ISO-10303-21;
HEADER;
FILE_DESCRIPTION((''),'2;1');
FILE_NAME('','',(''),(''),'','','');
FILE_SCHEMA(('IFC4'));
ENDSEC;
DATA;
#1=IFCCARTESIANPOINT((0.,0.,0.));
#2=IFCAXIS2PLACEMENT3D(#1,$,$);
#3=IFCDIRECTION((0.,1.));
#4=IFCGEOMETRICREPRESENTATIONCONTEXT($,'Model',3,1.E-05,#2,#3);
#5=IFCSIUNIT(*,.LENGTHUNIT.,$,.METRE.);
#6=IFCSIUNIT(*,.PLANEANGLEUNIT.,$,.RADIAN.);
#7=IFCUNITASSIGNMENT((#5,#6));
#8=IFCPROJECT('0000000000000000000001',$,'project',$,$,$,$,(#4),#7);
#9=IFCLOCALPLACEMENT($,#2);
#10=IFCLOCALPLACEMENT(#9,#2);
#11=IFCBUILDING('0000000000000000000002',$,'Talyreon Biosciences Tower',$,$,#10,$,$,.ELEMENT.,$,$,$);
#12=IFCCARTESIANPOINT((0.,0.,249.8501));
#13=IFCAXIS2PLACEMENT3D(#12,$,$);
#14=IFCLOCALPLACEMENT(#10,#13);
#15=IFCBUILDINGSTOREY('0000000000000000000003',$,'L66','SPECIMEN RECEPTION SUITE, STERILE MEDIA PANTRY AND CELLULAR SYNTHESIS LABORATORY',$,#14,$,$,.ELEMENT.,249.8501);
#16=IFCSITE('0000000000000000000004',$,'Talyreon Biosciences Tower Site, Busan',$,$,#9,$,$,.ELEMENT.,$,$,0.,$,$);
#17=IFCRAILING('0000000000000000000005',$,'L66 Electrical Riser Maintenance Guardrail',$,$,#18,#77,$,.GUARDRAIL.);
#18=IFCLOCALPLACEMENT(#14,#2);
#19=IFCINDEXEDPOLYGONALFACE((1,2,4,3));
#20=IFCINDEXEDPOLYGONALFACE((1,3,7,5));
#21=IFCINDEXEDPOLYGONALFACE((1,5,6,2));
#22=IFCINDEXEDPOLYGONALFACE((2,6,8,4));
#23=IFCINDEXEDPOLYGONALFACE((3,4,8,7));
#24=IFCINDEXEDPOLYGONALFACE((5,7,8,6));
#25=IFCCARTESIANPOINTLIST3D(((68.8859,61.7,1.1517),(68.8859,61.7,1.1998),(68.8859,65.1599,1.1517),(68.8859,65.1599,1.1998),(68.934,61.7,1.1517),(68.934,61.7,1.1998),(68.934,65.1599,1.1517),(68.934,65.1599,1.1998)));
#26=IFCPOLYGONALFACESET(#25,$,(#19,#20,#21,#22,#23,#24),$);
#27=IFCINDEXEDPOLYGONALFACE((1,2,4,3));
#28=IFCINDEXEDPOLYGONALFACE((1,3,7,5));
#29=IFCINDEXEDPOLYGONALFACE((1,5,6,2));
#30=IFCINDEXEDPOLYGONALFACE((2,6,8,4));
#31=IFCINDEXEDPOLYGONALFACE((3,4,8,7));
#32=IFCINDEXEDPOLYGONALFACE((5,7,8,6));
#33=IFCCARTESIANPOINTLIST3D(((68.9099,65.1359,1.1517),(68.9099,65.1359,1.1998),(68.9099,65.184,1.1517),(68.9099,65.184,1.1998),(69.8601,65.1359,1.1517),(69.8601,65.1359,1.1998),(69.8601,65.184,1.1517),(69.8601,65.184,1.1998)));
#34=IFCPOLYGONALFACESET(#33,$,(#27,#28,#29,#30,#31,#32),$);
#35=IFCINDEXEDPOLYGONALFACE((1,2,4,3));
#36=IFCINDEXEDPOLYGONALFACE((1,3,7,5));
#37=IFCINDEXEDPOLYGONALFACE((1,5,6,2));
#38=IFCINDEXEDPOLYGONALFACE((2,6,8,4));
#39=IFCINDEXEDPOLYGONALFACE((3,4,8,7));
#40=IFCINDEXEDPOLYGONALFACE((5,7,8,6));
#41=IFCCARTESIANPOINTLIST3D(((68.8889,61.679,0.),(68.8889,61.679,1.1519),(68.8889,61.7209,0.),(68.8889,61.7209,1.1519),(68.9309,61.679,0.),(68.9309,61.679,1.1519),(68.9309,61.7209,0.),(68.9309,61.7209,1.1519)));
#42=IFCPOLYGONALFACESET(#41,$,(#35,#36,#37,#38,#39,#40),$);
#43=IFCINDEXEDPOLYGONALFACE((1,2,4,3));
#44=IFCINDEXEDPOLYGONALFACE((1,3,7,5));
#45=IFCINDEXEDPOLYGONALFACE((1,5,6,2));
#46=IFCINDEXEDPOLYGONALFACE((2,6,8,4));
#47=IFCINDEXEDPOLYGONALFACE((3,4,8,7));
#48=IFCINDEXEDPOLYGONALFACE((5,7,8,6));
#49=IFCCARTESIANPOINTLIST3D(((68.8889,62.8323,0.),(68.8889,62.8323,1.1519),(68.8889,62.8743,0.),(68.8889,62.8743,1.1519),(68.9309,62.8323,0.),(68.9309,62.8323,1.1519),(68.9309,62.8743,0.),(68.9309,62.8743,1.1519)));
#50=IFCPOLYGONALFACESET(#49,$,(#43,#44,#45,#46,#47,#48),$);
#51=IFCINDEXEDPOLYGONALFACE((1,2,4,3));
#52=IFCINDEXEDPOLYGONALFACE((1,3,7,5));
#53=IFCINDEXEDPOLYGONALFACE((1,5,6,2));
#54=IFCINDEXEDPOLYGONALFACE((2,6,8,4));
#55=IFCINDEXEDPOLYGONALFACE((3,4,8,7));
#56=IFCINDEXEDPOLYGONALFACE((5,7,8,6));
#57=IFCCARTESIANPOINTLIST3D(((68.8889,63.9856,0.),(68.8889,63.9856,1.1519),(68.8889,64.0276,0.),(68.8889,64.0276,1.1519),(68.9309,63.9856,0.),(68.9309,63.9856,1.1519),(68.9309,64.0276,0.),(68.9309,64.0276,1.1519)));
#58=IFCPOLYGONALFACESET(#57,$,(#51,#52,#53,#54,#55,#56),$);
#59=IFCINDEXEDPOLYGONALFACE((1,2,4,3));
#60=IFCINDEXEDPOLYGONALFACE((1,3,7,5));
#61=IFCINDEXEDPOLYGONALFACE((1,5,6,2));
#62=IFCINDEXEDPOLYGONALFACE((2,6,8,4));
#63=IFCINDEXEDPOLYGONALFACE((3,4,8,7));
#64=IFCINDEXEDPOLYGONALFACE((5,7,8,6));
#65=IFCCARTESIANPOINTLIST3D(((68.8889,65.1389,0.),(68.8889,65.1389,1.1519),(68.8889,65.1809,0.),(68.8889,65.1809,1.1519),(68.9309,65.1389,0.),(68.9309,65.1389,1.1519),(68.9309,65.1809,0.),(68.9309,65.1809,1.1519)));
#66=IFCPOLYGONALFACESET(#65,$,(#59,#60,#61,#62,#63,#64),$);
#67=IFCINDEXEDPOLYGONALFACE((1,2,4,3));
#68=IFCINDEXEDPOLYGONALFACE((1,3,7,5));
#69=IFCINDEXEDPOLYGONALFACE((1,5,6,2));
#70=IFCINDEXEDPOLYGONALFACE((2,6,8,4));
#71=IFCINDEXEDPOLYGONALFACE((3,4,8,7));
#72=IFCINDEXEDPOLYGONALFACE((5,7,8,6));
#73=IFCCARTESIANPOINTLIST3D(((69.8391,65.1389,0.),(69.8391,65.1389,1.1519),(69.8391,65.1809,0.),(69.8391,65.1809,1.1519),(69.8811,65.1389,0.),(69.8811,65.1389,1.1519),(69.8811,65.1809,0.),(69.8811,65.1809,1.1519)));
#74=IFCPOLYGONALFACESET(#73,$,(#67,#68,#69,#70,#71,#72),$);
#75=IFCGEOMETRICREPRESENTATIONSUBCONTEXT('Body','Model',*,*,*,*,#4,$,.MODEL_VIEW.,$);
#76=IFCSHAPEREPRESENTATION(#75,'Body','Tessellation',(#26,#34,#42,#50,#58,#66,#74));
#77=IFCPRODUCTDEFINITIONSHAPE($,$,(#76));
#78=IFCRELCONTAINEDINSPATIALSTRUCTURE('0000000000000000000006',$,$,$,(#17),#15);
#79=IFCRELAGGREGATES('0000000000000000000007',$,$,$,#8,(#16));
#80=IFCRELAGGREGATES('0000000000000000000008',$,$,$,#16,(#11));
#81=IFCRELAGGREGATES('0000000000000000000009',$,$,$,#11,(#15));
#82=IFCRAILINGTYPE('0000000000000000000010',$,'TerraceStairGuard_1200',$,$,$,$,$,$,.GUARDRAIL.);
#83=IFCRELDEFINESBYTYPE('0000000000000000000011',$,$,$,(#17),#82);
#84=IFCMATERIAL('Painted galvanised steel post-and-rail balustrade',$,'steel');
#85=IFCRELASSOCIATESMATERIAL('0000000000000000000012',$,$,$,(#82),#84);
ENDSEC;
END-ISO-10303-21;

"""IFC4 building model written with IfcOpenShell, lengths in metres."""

from ifc_helpers import new_model, si_unit, direction, frame, origin, origin_2d, place, context, subcontext, project, spatial, rectangle, extrude, material, type_object, element, save


model = new_model("IFC4")

# Units and contexts
model_context = context("Model", 3, precision=1e-05, world=origin(), true_north=direction((0.0, 1.0)))
body_context = subcontext(model_context, "Body", "Model", "MODEL_VIEW")
ifc_project = project(units=[si_unit("LENGTHUNIT", "METRE"), si_unit("PLANEANGLEUNIT", "RADIAN")], contexts=[model_context])

# Site, building, storey
site_placement = place(None, origin())
site = spatial("IfcSite", under=ifc_project, at=site_placement, Name="Talyreon Biosciences Tower Site, Busan", CompositionType="ELEMENT", RefElevation=0.0)
building_placement = place(site_placement, origin())
building = spatial("IfcBuilding", under=site, at=building_placement, Name="Talyreon Biosciences Tower", CompositionType="ELEMENT")
storey_placement = place(building_placement, frame((0.0, 0.0, 249.8501)))
storey = spatial("IfcBuildingStorey", under=building, at=storey_placement, Name="L66", Description="SPECIMEN RECEPTION SUITE, STERILE MEDIA PANTRY AND CELLULAR SYNTHESIS LABORATORY", CompositionType="ELEMENT", Elevation=249.8501)

# Railing
ifc_material_1 = material(Name="Painted galvanised steel post-and-rail balustrade", Category="steel")
railing_type_1 = type_object("IfcRailingType", Name="TerraceStairGuard_1200", PredefinedType="GUARDRAIL", material=ifc_material_1)
railing_1_placement = place(storey_placement, frame((68.9099, 61.7, 0.0)))
element("IfcRailing", 1, at=railing_1_placement, inside=storey, type_object=railing_type_1, Name="L66 Electrical Riser Maintenance Guardrail", PredefinedType="GUARDRAIL", context=body_context, shape_type="SweptSolid", body=[
    extrude(rectangle(XDim=0.0481, YDim=0.0481, at=origin_2d()), frame((0.0, 0.0, 1.1758), z_axis=(0.0, 1.0, 0.0), x_axis=(-1.0, 0.0, 0.0)), (0.0, 0.0, 1.0), 3.46),
    extrude(rectangle(XDim=0.0481, YDim=0.0481, at=origin_2d()), frame((0.0, 3.46, 1.1758), z_axis=(1.0, 0.0, 0.0), x_axis=(0.0, 1.0, 0.0)), (0.0, 0.0, 1.0), 0.9502),
    extrude(rectangle(XDim=0.042, YDim=0.042, at=origin_2d()), origin(), (0.0, 0.0, 1.0), 1.1519),
    extrude(rectangle(XDim=0.042, YDim=0.042, at=origin_2d()), frame((0.0, 1.1533, 0.0)), (0.0, 0.0, 1.0), 1.1519),
    extrude(rectangle(XDim=0.042, YDim=0.042, at=origin_2d()), frame((0.0, 2.3066, 0.0)), (0.0, 0.0, 1.0), 1.1519),
    extrude(rectangle(XDim=0.042, YDim=0.042, at=origin_2d()), frame((0.0, 3.46, 0.0)), (0.0, 0.0, 1.0), 1.1519),
    extrude(rectangle(XDim=0.042, YDim=0.042, at=origin_2d()), frame((0.9502, 3.46, 0.0)), (0.0, 0.0, 1.0), 1.1519),
])

save(model, "model.ifc")
